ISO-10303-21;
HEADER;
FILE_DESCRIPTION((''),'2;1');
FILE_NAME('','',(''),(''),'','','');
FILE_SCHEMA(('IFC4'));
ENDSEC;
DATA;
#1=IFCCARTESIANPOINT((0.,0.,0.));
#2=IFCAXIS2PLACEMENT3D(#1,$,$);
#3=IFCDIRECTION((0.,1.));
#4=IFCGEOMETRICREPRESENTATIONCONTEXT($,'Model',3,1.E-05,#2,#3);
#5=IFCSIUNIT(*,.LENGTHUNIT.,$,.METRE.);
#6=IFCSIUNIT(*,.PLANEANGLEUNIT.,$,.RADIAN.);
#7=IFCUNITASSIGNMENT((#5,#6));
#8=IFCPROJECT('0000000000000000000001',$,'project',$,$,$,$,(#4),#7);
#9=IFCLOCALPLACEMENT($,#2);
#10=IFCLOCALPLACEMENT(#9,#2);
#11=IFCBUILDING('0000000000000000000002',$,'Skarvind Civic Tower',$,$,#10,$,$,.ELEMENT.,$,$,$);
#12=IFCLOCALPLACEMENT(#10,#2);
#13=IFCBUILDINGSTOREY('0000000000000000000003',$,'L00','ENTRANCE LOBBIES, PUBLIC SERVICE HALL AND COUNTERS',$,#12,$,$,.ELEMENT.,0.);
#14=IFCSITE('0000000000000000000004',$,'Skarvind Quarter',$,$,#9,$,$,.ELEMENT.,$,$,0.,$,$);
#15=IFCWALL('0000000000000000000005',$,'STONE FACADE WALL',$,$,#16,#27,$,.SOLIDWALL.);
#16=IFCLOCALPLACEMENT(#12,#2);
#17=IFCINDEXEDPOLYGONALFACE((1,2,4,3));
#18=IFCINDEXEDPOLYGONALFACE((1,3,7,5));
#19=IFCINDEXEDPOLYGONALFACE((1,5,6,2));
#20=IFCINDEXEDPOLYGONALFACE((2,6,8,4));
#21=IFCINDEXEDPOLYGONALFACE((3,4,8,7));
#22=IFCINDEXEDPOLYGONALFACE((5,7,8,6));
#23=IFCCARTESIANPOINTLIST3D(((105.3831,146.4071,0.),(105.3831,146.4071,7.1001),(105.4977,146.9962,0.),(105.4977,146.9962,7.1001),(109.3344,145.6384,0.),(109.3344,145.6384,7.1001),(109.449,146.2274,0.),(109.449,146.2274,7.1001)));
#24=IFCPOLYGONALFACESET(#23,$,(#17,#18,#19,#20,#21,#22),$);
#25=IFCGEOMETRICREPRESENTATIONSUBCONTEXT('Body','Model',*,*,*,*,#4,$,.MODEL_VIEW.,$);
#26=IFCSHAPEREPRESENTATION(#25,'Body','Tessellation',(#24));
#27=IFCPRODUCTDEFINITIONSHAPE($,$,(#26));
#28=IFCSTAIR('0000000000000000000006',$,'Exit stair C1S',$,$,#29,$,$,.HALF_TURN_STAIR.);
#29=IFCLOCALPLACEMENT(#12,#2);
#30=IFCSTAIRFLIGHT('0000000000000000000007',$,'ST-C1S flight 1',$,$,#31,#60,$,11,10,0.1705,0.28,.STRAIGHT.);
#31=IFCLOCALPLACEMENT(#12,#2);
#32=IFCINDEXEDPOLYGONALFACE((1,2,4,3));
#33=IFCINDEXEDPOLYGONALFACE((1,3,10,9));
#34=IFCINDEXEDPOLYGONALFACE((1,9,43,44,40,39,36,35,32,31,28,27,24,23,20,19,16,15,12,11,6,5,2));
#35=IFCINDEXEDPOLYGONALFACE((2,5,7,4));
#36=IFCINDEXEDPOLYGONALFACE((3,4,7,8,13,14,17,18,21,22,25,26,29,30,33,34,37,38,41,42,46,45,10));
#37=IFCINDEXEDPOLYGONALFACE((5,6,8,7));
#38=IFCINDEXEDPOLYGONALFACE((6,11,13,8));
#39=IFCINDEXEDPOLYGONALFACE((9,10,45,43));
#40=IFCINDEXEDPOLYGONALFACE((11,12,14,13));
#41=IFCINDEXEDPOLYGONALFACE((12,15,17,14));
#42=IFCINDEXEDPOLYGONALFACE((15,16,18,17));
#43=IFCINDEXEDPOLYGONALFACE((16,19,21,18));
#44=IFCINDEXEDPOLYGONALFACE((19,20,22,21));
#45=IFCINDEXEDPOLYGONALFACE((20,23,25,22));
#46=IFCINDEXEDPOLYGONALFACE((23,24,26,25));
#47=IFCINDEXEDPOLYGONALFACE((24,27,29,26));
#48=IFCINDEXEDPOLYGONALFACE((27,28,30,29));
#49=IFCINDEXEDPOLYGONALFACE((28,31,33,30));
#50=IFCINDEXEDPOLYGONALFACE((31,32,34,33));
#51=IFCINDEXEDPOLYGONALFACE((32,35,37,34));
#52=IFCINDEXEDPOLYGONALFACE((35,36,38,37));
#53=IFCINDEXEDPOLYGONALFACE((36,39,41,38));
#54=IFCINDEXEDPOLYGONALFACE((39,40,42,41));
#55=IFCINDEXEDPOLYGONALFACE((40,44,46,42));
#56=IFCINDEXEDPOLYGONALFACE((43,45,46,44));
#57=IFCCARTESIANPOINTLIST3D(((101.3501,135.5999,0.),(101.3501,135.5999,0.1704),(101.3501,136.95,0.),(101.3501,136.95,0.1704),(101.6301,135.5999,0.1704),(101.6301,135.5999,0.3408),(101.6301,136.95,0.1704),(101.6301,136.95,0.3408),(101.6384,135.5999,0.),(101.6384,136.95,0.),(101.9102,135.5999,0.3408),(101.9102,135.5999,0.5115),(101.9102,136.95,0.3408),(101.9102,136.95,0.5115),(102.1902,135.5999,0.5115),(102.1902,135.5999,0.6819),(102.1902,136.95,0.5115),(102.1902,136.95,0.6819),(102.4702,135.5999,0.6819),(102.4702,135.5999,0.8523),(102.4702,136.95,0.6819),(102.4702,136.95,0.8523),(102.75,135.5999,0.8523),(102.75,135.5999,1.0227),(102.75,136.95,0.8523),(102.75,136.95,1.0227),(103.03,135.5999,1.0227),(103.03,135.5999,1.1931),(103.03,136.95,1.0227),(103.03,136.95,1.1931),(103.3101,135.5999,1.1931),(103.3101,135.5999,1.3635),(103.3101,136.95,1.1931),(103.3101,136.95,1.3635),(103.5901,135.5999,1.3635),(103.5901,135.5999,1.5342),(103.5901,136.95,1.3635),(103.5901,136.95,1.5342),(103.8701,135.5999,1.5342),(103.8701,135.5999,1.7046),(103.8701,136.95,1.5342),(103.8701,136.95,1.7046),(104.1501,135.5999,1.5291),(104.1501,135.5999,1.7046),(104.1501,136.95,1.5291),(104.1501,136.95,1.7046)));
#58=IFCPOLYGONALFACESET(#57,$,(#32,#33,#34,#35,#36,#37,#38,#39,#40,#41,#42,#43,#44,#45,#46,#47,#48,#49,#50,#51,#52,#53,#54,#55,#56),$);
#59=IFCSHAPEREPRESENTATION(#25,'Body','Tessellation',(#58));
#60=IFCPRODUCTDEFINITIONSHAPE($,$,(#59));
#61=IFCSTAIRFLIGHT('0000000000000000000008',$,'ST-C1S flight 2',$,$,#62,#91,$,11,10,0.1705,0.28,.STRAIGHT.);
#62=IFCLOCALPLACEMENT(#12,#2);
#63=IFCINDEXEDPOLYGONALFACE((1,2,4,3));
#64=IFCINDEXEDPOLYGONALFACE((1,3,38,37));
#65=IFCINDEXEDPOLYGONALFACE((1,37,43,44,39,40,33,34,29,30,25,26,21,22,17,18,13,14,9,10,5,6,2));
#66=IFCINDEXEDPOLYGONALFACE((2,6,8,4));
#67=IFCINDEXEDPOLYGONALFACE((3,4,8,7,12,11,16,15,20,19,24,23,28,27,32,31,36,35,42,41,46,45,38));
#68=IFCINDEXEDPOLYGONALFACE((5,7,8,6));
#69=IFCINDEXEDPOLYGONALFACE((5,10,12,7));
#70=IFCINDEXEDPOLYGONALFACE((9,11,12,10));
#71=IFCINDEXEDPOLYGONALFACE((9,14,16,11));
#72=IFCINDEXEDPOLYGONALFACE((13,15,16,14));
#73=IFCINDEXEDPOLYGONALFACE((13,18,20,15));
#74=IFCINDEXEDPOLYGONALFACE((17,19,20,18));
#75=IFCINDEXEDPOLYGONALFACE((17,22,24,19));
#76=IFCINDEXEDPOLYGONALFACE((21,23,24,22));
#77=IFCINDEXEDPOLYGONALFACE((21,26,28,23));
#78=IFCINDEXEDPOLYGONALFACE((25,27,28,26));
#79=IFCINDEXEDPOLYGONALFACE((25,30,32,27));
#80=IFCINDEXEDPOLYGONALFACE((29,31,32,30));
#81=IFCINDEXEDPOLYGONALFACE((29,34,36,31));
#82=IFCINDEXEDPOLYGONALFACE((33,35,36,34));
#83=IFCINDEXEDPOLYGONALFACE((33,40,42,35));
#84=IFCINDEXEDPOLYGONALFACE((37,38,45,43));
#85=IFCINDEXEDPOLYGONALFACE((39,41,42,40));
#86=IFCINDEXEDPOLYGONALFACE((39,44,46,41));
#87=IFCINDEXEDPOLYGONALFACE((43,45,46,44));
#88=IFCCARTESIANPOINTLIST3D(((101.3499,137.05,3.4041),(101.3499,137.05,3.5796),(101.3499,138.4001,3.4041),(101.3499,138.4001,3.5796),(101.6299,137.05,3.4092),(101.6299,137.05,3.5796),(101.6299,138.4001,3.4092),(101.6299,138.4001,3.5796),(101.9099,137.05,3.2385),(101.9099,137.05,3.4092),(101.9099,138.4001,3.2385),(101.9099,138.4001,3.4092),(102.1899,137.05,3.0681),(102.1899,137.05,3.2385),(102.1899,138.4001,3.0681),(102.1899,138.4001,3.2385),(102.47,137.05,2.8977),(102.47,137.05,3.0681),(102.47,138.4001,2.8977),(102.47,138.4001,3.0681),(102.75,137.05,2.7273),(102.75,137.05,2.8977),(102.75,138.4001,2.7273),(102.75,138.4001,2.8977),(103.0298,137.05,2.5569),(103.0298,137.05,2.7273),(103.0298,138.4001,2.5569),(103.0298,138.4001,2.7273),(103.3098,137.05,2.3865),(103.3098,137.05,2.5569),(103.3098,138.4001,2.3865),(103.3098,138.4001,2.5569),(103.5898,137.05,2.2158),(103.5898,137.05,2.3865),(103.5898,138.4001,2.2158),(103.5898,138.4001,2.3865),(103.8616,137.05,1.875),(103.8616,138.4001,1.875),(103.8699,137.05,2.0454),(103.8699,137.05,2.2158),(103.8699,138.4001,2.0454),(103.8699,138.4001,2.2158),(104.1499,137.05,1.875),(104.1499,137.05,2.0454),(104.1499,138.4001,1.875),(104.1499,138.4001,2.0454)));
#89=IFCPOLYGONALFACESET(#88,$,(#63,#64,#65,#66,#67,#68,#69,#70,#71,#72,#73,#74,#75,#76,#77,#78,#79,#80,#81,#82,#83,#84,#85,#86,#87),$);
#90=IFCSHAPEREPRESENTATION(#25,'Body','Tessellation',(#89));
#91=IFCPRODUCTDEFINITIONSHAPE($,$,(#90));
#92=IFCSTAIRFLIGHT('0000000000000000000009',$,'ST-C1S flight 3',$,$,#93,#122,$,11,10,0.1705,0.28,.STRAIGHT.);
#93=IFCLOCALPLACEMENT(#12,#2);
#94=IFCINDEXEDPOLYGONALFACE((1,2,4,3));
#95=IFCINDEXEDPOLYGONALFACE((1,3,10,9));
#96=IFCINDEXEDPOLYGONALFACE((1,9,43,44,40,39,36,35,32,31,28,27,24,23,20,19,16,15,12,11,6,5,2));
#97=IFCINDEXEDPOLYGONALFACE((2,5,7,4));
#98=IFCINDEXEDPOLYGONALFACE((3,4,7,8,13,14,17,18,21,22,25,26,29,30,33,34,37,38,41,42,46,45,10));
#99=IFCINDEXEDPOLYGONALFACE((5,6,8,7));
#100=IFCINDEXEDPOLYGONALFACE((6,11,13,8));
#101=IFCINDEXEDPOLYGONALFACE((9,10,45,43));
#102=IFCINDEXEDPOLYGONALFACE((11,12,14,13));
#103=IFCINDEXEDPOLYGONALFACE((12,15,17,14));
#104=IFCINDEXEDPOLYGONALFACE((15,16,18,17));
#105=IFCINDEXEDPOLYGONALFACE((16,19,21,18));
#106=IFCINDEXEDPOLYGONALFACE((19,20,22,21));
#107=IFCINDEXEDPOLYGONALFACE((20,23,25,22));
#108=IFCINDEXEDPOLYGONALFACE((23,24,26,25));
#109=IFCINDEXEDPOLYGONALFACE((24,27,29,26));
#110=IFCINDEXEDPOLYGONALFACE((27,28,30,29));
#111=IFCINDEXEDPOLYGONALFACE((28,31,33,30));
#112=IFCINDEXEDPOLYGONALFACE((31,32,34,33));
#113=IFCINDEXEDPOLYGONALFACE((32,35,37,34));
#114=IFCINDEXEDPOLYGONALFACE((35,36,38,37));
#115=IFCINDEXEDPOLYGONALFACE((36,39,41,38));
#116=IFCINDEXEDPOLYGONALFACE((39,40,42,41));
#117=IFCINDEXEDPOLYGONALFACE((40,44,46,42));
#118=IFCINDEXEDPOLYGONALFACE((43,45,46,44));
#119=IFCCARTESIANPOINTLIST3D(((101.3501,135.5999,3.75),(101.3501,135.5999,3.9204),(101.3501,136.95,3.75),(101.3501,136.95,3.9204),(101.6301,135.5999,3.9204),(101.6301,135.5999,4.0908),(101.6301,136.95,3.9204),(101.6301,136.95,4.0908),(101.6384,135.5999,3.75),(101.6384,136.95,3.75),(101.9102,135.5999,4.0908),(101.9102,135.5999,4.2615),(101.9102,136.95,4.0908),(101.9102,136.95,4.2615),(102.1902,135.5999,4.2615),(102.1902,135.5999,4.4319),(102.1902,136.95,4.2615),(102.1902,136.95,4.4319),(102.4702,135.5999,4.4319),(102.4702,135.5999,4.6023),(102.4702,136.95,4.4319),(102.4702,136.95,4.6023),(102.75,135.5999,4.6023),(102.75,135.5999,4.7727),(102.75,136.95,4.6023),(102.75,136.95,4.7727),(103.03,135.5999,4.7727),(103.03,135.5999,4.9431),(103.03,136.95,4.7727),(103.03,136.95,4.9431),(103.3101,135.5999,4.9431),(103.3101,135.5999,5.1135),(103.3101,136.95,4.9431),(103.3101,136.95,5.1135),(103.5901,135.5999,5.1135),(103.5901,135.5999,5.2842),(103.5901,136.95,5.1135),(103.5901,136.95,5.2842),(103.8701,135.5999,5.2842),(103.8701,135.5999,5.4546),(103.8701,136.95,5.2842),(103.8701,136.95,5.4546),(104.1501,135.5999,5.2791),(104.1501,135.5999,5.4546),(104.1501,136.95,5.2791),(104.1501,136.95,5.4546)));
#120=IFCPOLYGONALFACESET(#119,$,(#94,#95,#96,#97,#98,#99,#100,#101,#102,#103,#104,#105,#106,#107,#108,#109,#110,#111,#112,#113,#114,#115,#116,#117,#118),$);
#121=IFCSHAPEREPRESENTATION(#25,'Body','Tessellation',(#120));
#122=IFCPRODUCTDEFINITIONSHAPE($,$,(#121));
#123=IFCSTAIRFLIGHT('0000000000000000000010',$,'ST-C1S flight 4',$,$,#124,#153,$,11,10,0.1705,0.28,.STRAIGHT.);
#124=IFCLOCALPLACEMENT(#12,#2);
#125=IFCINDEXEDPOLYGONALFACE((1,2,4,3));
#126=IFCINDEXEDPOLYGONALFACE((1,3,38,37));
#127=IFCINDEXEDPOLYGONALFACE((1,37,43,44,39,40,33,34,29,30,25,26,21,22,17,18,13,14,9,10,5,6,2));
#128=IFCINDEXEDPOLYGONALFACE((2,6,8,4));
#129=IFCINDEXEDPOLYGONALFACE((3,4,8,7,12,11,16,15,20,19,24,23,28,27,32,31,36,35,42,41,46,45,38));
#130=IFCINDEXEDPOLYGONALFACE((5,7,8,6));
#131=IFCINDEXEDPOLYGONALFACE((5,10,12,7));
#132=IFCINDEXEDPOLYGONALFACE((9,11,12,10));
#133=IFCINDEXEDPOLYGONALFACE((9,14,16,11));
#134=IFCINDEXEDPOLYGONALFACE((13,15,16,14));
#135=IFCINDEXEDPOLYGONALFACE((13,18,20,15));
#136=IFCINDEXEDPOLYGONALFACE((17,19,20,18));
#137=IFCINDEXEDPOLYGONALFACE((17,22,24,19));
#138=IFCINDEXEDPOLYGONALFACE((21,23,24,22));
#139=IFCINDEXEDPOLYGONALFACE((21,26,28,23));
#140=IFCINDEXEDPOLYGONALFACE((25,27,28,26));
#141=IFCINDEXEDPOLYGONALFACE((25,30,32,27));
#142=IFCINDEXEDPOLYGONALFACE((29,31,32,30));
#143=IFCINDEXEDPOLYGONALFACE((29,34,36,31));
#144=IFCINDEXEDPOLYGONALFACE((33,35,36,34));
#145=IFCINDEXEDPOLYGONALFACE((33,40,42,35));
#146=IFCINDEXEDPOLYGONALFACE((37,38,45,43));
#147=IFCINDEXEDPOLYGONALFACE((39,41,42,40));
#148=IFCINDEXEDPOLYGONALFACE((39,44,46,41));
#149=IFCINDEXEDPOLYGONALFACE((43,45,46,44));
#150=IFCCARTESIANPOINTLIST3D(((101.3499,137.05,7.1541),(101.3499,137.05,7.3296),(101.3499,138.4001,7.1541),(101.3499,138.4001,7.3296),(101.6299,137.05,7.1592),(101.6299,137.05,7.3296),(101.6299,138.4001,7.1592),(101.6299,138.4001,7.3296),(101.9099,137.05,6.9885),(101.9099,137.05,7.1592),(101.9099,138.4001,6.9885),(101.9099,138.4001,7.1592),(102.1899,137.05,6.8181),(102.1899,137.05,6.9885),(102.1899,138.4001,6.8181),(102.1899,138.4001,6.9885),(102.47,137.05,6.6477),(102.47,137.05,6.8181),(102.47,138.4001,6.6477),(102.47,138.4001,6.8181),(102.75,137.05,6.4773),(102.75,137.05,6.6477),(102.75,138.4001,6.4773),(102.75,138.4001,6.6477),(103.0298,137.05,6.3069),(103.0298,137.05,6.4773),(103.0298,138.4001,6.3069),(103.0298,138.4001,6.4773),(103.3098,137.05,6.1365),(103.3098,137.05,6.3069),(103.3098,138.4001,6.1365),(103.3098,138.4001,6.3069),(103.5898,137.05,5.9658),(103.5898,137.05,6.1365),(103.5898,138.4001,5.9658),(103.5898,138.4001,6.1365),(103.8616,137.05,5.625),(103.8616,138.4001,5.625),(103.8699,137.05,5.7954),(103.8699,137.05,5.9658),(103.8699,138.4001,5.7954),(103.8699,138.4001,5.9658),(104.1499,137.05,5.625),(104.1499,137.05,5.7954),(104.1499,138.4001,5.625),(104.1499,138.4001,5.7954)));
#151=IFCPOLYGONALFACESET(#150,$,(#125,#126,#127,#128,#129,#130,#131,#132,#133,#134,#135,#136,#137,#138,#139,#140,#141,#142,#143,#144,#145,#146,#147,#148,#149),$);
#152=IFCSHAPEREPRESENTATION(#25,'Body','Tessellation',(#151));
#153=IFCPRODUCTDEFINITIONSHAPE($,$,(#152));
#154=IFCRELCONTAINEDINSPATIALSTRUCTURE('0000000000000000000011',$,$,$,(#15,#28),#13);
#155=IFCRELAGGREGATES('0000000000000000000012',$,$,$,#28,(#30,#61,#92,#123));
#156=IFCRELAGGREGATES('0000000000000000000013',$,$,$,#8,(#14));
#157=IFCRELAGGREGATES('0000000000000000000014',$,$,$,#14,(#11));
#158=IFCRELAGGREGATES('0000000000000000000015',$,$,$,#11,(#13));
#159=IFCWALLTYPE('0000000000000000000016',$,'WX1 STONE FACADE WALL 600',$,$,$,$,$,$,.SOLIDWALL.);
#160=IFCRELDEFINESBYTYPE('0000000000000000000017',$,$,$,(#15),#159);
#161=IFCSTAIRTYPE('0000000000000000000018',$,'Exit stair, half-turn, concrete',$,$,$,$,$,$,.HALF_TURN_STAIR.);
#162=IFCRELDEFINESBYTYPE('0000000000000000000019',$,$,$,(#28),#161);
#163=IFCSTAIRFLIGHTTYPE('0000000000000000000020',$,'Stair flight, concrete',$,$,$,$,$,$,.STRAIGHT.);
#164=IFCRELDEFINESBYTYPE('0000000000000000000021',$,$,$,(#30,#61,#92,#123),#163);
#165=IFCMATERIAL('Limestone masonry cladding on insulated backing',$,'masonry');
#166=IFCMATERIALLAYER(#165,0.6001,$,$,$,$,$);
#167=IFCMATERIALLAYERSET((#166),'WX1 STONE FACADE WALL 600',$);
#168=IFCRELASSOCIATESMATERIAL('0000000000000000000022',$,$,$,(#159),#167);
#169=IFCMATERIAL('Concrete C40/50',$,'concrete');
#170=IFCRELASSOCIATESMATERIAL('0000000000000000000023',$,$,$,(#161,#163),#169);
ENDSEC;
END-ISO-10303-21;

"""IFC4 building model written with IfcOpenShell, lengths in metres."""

from ifc_helpers import new_model, si_unit, direction, frame, frame_2d, origin, place, context, subcontext, project, spatial, polyline, rectangle, outline, extrude, material, layer, layer_set, type_object, element, aggregate, save


model = new_model("IFC4")

# Units and contexts
model_context = context("Model", 3, precision=1e-05, world=origin(), true_north=direction((0.0, 1.0)))
body_context = subcontext(model_context, "Body", "Model", "MODEL_VIEW")
ifc_project = project(units=[si_unit("LENGTHUNIT", "METRE"), si_unit("PLANEANGLEUNIT", "RADIAN")], contexts=[model_context])

# Site, building, storey
site_placement = place(None, origin())
site = spatial("IfcSite", under=ifc_project, at=site_placement, Name="Skarvind Quarter", CompositionType="ELEMENT", RefElevation=0.0)
building_placement = place(site_placement, origin())
building = spatial("IfcBuilding", under=site, at=building_placement, Name="Skarvind Civic Tower", CompositionType="ELEMENT")
storey_placement = place(building_placement, origin())
storey = spatial("IfcBuildingStorey", under=building, at=storey_placement, Name="L00", Description="ENTRANCE LOBBIES, PUBLIC SERVICE HALL AND COUNTERS", CompositionType="ELEMENT", Elevation=0.0)

# Wall
ifc_material_1 = material(Name="Limestone masonry cladding on insulated backing", Category="masonry")
ifc_layer_1 = layer(ifc_material_1, 0.6001)
ifc_layer_set_1 = layer_set([ifc_layer_1], Name="WX1 STONE FACADE WALL 600")
wall_type_1 = type_object("IfcWallType", Name="WX1 STONE FACADE WALL 600", PredefinedType="SOLIDWALL", material=ifc_layer_set_1)
wall_1_placement = place(storey_placement, frame((105.4404, 146.7017, 0.0), z_axis=(0.0, 0.0, 1.0), x_axis=(0.981594, -0.190982, 0.0)))
element("IfcWall", 1, at=wall_1_placement, inside=storey, type_object=wall_type_1, Name="STONE FACADE WALL", PredefinedType="SOLIDWALL", context=body_context, shape_type="SweptSolid", body=[
    extrude(rectangle(XDim=4.0254, YDim=0.6001, at=frame_2d((2.0127, 0.0))), origin(), (0.0, 0.0, 1.0), 7.1001),
])

# Stair, stair flights
ifc_material_2 = material(Name="Concrete C40/50", Category="concrete")
stair_type = type_object("IfcStairType", Name="Exit stair, half-turn, concrete", PredefinedType="HALF_TURN_STAIR", material=ifc_material_2)
stair_placement = place(storey_placement, origin())
stair = element("IfcStair", 2, at=stair_placement, inside=storey, type_object=stair_type, Name="Exit stair C1S", PredefinedType="HALF_TURN_STAIR")
stair_flight_type = type_object("IfcStairFlightType", Name="Stair flight, concrete", PredefinedType="STRAIGHT", material=ifc_material_2)
stair_flight_1_placement = place(storey_placement, frame((101.3501, 136.2749, 0.0), z_axis=(0.0, 0.0, 1.0), x_axis=(1.0, 0.0, 0.0)))
stair_flight_1 = element("IfcStairFlight", 3, at=stair_flight_1_placement, type_object=stair_flight_type, Name="ST-C1S flight 1", NumberOfRisers=11, NumberOfTreads=10, PredefinedType="STRAIGHT", RiserHeight=0.1705, TreadLength=0.28, context=body_context, shape_type="SweptSolid", body=[
    extrude(outline(polyline([(0.0, 0.0), (0.0, 0.1704), (0.28, 0.1704), (0.28, 0.3408), (0.5601, 0.3408), (0.5601, 0.5115), (0.8401, 0.5115), (0.8401, 0.6819), (1.1201, 0.6819), (1.1201, 0.8523), (1.3999, 0.8523), (1.3999, 1.0227), (1.6799, 1.0227), (1.6799, 1.1931), (1.96, 1.1931), (1.96, 1.3635), (2.24, 1.3635), (2.24, 1.5342), (2.52, 1.5342), (2.52, 1.7046), (2.8, 1.7046), (2.8, 1.875), (2.8, 1.5291), (0.2883, 0.0), (0.0, 0.0)])), frame((0.0, 0.675, 0.0), z_axis=(0.0, -1.0, 0.0), x_axis=(1.0, 0.0, 0.0)), (0.0, 0.0, 1.0), 1.3501),
])
stair_flight_2_placement = place(storey_placement, frame((104.1499, 137.7251, 1.875), z_axis=(0.0, 0.0, 1.0), x_axis=(-1.0, 0.0, 0.0)))
stair_flight_2 = element("IfcStairFlight", 4, at=stair_flight_2_placement, type_object=stair_flight_type, Name="ST-C1S flight 2", NumberOfRisers=11, NumberOfTreads=10, PredefinedType="STRAIGHT", RiserHeight=0.1705, TreadLength=0.28, context=body_context, shape_type="SweptSolid", body=[
    extrude(outline(polyline([(0.0, 0.0), (0.0, 0.1704), (0.28, 0.1704), (0.28, 0.3408), (0.5601, 0.3408), (0.5601, 0.5115), (0.8401, 0.5115), (0.8401, 0.6819), (1.1201, 0.6819), (1.1201, 0.8523), (1.3999, 0.8523), (1.3999, 1.0227), (1.6799, 1.0227), (1.6799, 1.1931), (1.96, 1.1931), (1.96, 1.3635), (2.24, 1.3635), (2.24, 1.5342), (2.52, 1.5342), (2.52, 1.7046), (2.8, 1.7046), (2.8, 1.875), (2.8, 1.5291), (0.2883, 0.0), (0.0, 0.0)])), frame((0.0, 0.675, 0.0), z_axis=(0.0, -1.0, 0.0), x_axis=(1.0, 0.0, 0.0)), (0.0, 0.0, 1.0), 1.3501),
])
stair_flight_3_placement = place(storey_placement, frame((101.3501, 136.2749, 3.75), z_axis=(0.0, 0.0, 1.0), x_axis=(1.0, 0.0, 0.0)))
stair_flight_3 = element("IfcStairFlight", 5, at=stair_flight_3_placement, type_object=stair_flight_type, Name="ST-C1S flight 3", NumberOfRisers=11, NumberOfTreads=10, PredefinedType="STRAIGHT", RiserHeight=0.1705, TreadLength=0.28, context=body_context, shape_type="SweptSolid", body=[
    extrude(outline(polyline([(0.0, 0.0), (0.0, 0.1704), (0.28, 0.1704), (0.28, 0.3408), (0.5601, 0.3408), (0.5601, 0.5115), (0.8401, 0.5115), (0.8401, 0.6819), (1.1201, 0.6819), (1.1201, 0.8523), (1.3999, 0.8523), (1.3999, 1.0227), (1.6799, 1.0227), (1.6799, 1.1931), (1.96, 1.1931), (1.96, 1.3635), (2.24, 1.3635), (2.24, 1.5342), (2.52, 1.5342), (2.52, 1.7046), (2.8, 1.7046), (2.8, 1.875), (2.8, 1.5291), (0.2883, 0.0), (0.0, 0.0)])), frame((0.0, 0.675, 0.0), z_axis=(0.0, -1.0, 0.0), x_axis=(1.0, 0.0, 0.0)), (0.0, 0.0, 1.0), 1.3501),
])
stair_flight_4_placement = place(storey_placement, frame((104.1499, 137.7251, 5.625), z_axis=(0.0, 0.0, 1.0), x_axis=(-1.0, 0.0, 0.0)))
stair_flight_4 = element("IfcStairFlight", 6, at=stair_flight_4_placement, type_object=stair_flight_type, Name="ST-C1S flight 4", NumberOfRisers=11, NumberOfTreads=10, PredefinedType="STRAIGHT", RiserHeight=0.1705, TreadLength=0.28, context=body_context, shape_type="SweptSolid", body=[
    extrude(outline(polyline([(0.0, 0.0), (0.0, 0.1704), (0.28, 0.1704), (0.28, 0.3408), (0.5601, 0.3408), (0.5601, 0.5115), (0.8401, 0.5115), (0.8401, 0.6819), (1.1201, 0.6819), (1.1201, 0.8523), (1.3999, 0.8523), (1.3999, 1.0227), (1.6799, 1.0227), (1.6799, 1.1931), (1.96, 1.1931), (1.96, 1.3635), (2.24, 1.3635), (2.24, 1.5342), (2.52, 1.5342), (2.52, 1.7046), (2.8, 1.7046), (2.8, 1.875), (2.8, 1.5291), (0.2883, 0.0), (0.0, 0.0)])), frame((0.0, 0.675, 0.0), z_axis=(0.0, -1.0, 0.0), x_axis=(1.0, 0.0, 0.0)), (0.0, 0.0, 1.0), 1.3501),
])
aggregate(stair, [stair_flight_1, stair_flight_2, stair_flight_3, stair_flight_4])

save(model, "model.ifc")
